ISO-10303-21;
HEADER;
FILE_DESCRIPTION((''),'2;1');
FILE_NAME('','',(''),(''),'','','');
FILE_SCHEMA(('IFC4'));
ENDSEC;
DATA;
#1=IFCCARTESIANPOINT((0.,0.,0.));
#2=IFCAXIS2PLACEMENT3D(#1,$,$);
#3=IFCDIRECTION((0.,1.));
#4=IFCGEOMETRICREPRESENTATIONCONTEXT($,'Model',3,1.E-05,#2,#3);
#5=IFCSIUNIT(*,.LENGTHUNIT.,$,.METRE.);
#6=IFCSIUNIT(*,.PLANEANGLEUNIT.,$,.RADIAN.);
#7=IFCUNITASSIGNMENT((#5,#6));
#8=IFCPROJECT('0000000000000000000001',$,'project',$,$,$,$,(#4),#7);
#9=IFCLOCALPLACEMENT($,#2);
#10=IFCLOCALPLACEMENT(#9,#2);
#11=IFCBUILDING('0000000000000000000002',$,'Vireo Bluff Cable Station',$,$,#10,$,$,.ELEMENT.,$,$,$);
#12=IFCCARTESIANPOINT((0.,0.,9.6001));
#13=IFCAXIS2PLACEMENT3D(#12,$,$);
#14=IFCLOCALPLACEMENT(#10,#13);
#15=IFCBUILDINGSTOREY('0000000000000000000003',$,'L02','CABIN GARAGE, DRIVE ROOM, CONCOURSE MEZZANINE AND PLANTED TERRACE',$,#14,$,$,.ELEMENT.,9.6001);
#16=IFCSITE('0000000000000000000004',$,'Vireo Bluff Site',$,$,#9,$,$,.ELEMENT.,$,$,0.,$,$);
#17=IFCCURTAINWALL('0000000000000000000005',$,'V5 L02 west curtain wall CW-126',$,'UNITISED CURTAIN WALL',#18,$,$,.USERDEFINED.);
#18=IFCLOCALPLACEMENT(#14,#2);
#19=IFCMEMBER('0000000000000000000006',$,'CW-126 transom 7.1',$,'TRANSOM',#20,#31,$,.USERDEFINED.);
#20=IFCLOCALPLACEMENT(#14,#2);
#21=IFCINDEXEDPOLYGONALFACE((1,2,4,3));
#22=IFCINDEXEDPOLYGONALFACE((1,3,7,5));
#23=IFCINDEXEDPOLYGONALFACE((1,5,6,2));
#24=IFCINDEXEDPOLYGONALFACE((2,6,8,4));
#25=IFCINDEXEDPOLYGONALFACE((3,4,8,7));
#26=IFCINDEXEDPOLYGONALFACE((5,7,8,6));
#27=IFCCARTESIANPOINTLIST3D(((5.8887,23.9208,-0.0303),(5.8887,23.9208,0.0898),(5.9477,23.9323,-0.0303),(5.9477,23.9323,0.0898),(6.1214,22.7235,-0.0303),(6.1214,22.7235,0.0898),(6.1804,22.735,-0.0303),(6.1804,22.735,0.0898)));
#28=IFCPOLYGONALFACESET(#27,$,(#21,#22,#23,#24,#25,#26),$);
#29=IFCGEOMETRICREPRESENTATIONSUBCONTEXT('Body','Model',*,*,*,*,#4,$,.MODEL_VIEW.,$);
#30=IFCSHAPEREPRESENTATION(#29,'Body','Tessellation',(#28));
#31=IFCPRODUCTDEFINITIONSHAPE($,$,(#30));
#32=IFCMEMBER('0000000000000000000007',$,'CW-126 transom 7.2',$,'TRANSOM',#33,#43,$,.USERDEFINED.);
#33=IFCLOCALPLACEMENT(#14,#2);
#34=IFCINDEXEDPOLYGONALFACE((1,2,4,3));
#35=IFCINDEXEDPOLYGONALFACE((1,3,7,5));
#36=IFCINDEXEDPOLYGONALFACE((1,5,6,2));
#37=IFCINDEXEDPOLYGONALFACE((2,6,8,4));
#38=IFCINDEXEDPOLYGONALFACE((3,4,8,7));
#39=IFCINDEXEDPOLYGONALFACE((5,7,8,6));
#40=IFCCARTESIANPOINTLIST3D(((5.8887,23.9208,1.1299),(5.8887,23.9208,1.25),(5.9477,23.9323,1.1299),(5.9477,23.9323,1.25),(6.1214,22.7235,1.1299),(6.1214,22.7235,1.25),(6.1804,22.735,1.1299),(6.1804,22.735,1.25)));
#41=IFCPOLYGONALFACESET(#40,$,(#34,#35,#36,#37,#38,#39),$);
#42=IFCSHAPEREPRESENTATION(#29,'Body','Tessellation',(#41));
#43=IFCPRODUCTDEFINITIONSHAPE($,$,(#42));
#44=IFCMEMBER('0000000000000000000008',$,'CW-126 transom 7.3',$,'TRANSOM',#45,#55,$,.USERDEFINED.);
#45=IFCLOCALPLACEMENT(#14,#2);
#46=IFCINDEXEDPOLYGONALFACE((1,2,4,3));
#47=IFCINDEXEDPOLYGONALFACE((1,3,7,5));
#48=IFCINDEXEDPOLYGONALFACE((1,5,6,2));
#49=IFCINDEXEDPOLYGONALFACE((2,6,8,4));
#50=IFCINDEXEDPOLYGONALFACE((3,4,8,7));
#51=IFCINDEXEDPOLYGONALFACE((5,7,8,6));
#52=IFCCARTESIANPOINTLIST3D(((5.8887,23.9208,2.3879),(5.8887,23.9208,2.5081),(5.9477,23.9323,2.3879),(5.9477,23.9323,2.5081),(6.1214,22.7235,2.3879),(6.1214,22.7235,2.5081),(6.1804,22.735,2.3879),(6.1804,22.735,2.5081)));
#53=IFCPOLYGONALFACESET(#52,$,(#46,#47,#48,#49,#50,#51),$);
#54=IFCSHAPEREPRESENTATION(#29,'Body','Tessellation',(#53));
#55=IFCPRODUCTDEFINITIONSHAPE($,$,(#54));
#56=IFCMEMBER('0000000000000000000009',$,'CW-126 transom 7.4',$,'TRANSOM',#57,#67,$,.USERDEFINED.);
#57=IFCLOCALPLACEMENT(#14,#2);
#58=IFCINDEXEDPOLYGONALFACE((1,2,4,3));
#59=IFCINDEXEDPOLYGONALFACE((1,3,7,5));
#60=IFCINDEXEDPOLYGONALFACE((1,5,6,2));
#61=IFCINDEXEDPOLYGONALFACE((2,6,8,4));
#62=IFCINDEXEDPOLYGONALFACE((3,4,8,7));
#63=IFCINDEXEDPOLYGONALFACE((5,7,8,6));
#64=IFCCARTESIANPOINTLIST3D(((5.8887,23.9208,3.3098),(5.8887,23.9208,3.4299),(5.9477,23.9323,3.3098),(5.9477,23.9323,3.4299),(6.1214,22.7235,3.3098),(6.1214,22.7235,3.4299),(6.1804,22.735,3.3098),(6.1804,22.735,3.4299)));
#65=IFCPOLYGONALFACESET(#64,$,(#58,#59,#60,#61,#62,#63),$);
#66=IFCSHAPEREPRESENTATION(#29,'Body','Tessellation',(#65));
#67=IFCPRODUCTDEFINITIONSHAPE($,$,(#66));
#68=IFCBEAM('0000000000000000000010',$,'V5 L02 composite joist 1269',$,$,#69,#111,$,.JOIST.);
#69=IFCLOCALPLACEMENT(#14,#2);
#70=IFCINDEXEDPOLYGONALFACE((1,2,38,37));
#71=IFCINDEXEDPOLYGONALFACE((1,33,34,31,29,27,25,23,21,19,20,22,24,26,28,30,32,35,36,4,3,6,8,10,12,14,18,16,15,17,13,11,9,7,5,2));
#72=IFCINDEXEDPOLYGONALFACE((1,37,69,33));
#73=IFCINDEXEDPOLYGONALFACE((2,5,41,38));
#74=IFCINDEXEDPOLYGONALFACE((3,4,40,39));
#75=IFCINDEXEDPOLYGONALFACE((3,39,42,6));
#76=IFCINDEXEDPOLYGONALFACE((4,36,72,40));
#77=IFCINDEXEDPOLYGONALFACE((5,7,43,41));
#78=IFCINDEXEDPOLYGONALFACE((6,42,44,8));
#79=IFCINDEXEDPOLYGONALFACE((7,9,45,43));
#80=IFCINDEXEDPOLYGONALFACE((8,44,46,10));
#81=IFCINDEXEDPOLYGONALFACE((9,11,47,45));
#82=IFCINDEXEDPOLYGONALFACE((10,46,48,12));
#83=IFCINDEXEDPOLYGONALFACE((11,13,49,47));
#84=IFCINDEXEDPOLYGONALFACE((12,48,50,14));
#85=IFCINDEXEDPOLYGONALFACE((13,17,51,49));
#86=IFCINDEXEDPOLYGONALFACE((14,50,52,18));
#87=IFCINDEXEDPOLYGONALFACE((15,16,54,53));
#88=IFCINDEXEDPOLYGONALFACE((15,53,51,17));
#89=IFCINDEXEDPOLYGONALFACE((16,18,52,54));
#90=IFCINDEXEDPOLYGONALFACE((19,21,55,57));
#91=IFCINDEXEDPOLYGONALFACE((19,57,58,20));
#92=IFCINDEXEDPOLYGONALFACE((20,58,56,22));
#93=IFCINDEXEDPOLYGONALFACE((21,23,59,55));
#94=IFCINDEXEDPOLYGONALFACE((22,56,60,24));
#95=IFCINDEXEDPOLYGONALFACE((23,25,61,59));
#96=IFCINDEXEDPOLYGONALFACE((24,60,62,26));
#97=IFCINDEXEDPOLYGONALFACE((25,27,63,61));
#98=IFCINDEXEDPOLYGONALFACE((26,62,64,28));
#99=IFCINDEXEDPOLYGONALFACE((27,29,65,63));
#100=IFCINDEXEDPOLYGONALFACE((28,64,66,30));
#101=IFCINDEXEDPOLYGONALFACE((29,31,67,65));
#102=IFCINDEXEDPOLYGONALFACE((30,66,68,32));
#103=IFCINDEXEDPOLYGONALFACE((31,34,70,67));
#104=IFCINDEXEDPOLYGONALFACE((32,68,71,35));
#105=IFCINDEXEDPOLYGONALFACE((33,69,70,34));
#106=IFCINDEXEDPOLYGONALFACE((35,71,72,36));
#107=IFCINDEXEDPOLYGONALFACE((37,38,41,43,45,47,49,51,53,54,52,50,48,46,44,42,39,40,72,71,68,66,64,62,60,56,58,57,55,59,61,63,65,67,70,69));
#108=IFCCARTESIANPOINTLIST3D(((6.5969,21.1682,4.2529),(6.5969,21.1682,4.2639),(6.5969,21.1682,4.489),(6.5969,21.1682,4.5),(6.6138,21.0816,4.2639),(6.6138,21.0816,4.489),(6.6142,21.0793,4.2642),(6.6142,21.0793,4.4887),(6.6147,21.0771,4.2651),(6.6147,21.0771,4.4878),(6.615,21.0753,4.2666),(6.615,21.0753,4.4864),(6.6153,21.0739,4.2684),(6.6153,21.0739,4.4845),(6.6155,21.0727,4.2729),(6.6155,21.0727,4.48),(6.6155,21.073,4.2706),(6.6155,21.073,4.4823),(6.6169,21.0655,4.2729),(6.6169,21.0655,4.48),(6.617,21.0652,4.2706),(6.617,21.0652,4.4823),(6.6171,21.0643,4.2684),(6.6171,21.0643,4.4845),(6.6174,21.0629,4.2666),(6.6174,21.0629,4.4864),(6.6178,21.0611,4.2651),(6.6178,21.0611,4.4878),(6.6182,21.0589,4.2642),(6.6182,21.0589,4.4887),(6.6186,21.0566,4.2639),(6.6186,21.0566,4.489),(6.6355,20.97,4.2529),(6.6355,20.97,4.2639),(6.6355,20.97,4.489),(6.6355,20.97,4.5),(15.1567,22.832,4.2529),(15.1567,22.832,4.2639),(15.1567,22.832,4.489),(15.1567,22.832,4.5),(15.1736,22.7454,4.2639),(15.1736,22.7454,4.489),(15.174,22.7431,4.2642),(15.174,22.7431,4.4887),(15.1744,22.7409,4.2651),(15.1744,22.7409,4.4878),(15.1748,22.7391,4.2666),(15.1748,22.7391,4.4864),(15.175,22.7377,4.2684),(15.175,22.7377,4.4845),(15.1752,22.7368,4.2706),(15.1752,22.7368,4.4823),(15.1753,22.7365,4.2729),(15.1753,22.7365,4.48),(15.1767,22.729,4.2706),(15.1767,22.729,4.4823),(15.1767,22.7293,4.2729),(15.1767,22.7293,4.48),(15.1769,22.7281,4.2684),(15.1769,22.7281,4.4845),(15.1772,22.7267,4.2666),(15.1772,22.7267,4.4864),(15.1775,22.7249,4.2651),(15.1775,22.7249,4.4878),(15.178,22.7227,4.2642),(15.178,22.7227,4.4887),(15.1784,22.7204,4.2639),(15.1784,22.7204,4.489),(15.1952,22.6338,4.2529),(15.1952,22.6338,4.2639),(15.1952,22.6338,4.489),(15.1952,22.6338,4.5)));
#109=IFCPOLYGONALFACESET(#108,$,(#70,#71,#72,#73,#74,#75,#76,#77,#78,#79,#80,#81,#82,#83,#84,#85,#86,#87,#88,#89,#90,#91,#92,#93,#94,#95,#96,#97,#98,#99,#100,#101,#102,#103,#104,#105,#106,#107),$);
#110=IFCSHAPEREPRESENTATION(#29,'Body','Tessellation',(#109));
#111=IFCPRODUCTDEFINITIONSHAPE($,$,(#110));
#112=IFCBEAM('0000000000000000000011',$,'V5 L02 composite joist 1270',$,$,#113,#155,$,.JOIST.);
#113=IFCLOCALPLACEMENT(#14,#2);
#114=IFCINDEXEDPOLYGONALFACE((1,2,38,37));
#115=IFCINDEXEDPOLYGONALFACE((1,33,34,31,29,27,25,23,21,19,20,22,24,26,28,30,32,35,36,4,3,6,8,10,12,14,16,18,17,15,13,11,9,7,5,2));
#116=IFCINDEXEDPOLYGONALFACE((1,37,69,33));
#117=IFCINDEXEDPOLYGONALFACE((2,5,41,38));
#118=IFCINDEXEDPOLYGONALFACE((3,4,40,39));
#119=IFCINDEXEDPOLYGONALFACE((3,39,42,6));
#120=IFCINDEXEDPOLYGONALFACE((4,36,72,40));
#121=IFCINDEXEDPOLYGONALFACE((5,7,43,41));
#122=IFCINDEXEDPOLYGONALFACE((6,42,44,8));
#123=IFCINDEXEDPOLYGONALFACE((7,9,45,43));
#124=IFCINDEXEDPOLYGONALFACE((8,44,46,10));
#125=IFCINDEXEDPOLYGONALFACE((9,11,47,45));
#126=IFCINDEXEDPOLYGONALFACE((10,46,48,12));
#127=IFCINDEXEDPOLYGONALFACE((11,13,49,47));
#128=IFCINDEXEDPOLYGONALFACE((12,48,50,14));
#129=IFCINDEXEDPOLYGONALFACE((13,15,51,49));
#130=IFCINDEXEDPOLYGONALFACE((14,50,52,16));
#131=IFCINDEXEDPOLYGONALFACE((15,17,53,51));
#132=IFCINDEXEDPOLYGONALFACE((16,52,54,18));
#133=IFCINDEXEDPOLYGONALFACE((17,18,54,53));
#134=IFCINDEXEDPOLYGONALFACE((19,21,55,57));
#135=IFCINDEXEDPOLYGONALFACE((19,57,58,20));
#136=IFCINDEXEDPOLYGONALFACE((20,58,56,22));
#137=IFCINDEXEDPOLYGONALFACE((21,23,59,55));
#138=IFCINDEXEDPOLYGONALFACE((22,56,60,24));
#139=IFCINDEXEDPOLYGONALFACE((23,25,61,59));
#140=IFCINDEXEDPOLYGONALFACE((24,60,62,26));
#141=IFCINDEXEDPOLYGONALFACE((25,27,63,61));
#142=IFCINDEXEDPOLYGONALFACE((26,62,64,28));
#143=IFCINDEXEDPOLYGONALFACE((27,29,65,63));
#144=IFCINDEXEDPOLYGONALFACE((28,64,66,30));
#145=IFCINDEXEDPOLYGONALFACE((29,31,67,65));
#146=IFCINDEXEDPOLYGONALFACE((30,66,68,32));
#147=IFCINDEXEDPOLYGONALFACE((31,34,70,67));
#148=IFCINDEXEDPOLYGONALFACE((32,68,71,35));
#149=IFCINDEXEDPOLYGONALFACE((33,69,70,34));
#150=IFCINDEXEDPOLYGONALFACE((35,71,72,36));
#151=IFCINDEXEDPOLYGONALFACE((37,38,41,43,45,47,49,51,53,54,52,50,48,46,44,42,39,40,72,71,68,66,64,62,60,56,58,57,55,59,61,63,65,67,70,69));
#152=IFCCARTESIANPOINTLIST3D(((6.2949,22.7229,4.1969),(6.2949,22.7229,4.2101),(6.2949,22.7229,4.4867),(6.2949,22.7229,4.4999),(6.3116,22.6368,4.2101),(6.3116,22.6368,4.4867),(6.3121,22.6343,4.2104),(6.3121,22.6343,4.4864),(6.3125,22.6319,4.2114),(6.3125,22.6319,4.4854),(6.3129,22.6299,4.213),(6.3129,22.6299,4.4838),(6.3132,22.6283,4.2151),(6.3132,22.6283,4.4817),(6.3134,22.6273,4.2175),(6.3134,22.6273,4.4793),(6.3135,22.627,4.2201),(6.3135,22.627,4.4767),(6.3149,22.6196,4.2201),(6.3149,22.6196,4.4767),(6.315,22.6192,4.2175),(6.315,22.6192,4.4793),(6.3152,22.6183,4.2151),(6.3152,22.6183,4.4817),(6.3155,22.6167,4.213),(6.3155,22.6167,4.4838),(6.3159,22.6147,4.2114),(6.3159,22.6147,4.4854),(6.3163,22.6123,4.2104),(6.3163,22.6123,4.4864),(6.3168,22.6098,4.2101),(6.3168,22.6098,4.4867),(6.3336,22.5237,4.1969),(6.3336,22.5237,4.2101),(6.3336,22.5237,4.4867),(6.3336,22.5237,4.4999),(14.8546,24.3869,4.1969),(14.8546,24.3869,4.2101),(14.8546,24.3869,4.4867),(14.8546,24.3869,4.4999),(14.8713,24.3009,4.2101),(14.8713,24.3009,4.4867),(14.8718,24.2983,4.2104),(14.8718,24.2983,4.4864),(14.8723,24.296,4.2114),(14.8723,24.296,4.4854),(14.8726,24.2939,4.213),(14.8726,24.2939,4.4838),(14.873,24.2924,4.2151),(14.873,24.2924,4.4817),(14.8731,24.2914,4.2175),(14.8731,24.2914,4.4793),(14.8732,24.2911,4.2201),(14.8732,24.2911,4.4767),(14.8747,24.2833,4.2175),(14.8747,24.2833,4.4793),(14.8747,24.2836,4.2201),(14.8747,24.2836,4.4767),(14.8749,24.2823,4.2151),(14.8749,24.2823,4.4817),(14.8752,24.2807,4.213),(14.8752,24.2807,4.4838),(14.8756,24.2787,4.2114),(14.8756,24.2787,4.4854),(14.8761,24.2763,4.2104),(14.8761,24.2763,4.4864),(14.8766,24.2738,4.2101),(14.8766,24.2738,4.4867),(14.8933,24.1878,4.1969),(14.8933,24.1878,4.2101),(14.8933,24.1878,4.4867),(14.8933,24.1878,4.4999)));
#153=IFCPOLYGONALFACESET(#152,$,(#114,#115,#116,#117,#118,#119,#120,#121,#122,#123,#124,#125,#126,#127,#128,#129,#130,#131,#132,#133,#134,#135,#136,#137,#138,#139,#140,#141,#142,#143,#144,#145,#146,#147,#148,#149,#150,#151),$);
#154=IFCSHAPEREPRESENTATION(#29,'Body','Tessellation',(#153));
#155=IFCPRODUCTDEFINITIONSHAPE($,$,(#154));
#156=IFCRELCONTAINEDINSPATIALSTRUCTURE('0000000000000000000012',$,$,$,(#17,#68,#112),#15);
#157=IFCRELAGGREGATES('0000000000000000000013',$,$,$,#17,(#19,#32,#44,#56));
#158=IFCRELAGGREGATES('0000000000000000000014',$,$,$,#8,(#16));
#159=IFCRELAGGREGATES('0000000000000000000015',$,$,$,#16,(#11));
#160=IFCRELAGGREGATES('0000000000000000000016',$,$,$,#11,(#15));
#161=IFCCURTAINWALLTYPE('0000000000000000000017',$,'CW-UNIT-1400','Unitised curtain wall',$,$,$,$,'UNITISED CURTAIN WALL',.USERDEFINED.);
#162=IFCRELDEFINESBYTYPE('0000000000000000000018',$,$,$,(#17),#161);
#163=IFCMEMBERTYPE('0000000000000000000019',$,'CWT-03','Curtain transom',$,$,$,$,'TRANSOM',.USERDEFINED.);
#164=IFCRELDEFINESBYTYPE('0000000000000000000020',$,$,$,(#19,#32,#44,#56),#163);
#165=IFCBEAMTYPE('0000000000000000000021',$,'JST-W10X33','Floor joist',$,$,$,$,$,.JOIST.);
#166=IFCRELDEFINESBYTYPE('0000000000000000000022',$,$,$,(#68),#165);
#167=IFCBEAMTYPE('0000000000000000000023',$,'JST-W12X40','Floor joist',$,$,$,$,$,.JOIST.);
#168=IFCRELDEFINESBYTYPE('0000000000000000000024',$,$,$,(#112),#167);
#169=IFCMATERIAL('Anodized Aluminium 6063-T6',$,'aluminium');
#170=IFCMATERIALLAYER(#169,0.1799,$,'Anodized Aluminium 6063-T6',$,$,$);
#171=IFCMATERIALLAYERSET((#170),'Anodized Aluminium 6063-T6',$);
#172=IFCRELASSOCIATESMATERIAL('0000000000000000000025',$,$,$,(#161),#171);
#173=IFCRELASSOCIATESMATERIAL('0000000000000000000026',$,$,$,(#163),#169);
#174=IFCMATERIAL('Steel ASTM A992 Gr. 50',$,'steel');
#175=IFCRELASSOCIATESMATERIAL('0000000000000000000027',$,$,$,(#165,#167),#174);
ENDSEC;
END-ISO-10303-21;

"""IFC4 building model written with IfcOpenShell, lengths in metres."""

from ifc_helpers import new_model, si_unit, direction, frame, origin, origin_2d, place, context, subcontext, project, spatial, rectangle, i_section, extrude, material, layer, layer_set, material_profile, profile_set, type_object, element, aggregate, save


model = new_model("IFC4")

# Units and contexts
model_context = context("Model", 3, precision=1e-05, world=origin(), true_north=direction((0.0, 1.0)))
body_context = subcontext(model_context, "Body", "Model", "MODEL_VIEW")
ifc_project = project(units=[si_unit("LENGTHUNIT", "METRE"), si_unit("PLANEANGLEUNIT", "RADIAN")], contexts=[model_context])

# Site, building, storey
site_placement = place(None, origin())
site = spatial("IfcSite", under=ifc_project, at=site_placement, Name="Vireo Bluff Site", CompositionType="ELEMENT", RefElevation=0.0)
building_placement = place(site_placement, origin())
building = spatial("IfcBuilding", under=site, at=building_placement, Name="Vireo Bluff Cable Station", CompositionType="ELEMENT")
storey_placement = place(building_placement, frame((0.0, 0.0, 9.6001)))
storey = spatial("IfcBuildingStorey", under=building, at=storey_placement, Name="L02", Description="CABIN GARAGE, DRIVE ROOM, CONCOURSE MEZZANINE AND PLANTED TERRACE", CompositionType="ELEMENT", Elevation=9.6001)

# Shared definitions
ifc_material_1 = material(Name="Steel ASTM A992 Gr. 50", Category="steel")

# Curtain wall, members
ifc_material_2 = material(Name="Anodized Aluminium 6063-T6", Category="aluminium")
ifc_layer_1 = layer(ifc_material_2, 0.1799, Name="Anodized Aluminium 6063-T6")
ifc_layer_set_1 = layer_set([ifc_layer_1], Name="Anodized Aluminium 6063-T6")
curtain_wall_type = type_object("IfcCurtainWallType", Name="CW-UNIT-1400", Description="Unitised curtain wall", ElementType="UNITISED CURTAIN WALL", PredefinedType="USERDEFINED", material=ifc_layer_set_1)
curtain_wall_placement = place(storey_placement, origin())
curtain_wall = element("IfcCurtainWall", 1, at=curtain_wall_placement, inside=storey, type_object=curtain_wall_type, Name="V5 L02 west curtain wall CW-126", ObjectType="UNITISED CURTAIN WALL", PredefinedType="USERDEFINED")
ifc_material_profile_1 = material_profile(ifc_material_2, rectangle(XDim=0.0601, YDim=0.1201, at=origin_2d()), Name="ALU-T-60X120")
ifc_profile_set_1 = profile_set([ifc_material_profile_1], Name="Anodized Aluminium 6063-T6")
member_type_1 = type_object("IfcMemberType", Name="CWT-03", Description="Curtain transom", ElementType="TRANSOM", PredefinedType="USERDEFINED", material=ifc_profile_set_1)
member_1_placement = place(storey_placement, frame((6.1509, 22.7292, 0.0298), z_axis=(-0.190763, 0.981636, 0.0), x_axis=(-0.981636, -0.190763, 0.0)))
member_1 = element("IfcMember", 2, at=member_1_placement, type_object=member_type_1, Name="CW-126 transom 7.1", ObjectType="TRANSOM", PredefinedType="USERDEFINED", context=body_context, shape_type="SweptSolid", body=[
    extrude(rectangle(XDim=0.0601, YDim=0.1201, at=origin_2d()), origin(), (0.0, 0.0, 1.0), 1.2197),
])
member_2_placement = place(storey_placement, frame((6.1509, 22.7292, 1.1899), z_axis=(-0.190763, 0.981636, 0.0), x_axis=(-0.981636, -0.190763, 0.0)))
member_2 = element("IfcMember", 3, at=member_2_placement, type_object=member_type_1, Name="CW-126 transom 7.2", ObjectType="TRANSOM", PredefinedType="USERDEFINED", context=body_context, shape_type="SweptSolid", body=[
    extrude(rectangle(XDim=0.0601, YDim=0.1201, at=origin_2d()), origin(), (0.0, 0.0, 1.0), 1.2197),
])
member_3_placement = place(storey_placement, frame((6.1509, 22.7292, 2.448), z_axis=(-0.190763, 0.981636, 0.0), x_axis=(-0.981636, -0.190763, 0.0)))
member_3 = element("IfcMember", 4, at=member_3_placement, type_object=member_type_1, Name="CW-126 transom 7.3", ObjectType="TRANSOM", PredefinedType="USERDEFINED", context=body_context, shape_type="SweptSolid", body=[
    extrude(rectangle(XDim=0.0601, YDim=0.1201, at=origin_2d()), origin(), (0.0, 0.0, 1.0), 1.2197),
])
member_4_placement = place(storey_placement, frame((6.1509, 22.7292, 3.3699), z_axis=(-0.190763, 0.981636, 0.0), x_axis=(-0.981636, -0.190763, 0.0)))
member_4 = element("IfcMember", 5, at=member_4_placement, type_object=member_type_1, Name="CW-126 transom 7.4", ObjectType="TRANSOM", PredefinedType="USERDEFINED", context=body_context, shape_type="SweptSolid", body=[
    extrude(rectangle(XDim=0.0601, YDim=0.1201, at=origin_2d()), origin(), (0.0, 0.0, 1.0), 1.2197),
])

# Beams
ifc_material_profile_2 = material_profile(ifc_material_1, i_section(OverallWidth=0.2019, OverallDepth=0.2471, WebThickness=0.0073, FlangeThickness=0.011, FilletRadius=0.009, at=origin_2d()), Name="W10X33")
ifc_profile_set_2 = profile_set([ifc_material_profile_2], Name="Steel ASTM A992 Gr. 50")
beam_type_1 = type_object("IfcBeamType", Name="JST-W10X33", Description="Floor joist", PredefinedType="JOIST", material=ifc_profile_set_2)
beam_1_placement = place(storey_placement, frame((6.6162, 21.0691, 4.3765), z_axis=(0.981628, 0.190804, 0.0), x_axis=(-0.190804, 0.981628, 0.0)))
element("IfcBeam", 6, at=beam_1_placement, inside=storey, type_object=beam_type_1, Name="V5 L02 composite joist 1269", PredefinedType="JOIST", context=body_context, shape_type="SweptSolid", body=[
    extrude(i_section(OverallWidth=0.2019, OverallDepth=0.2471, WebThickness=0.0073, FlangeThickness=0.011, FilletRadius=0.009, at=origin_2d()), origin(), (0.0, 0.0, 1.0), 8.72),
])
ifc_material_profile_3 = material_profile(ifc_material_1, i_section(OverallWidth=0.2029, OverallDepth=0.303, WebThickness=0.0076, FlangeThickness=0.0132, FilletRadius=0.01, at=origin_2d()), Name="W12X40")
ifc_profile_set_3 = profile_set([ifc_material_profile_3], Name="Steel ASTM A992 Gr. 50")
beam_type_2 = type_object("IfcBeamType", Name="JST-W12X40", Description="Floor joist", PredefinedType="JOIST", material=ifc_profile_set_3)
beam_2_placement = place(storey_placement, frame((6.3142, 22.6233, 4.3484), z_axis=(0.981623, 0.190831, 0.0), x_axis=(-0.190831, 0.981623, 0.0)))
element("IfcBeam", 7, at=beam_2_placement, inside=storey, type_object=beam_type_2, Name="V5 L02 composite joist 1270", PredefinedType="JOIST", context=body_context, shape_type="SweptSolid", body=[
    extrude(i_section(OverallWidth=0.2029, OverallDepth=0.303, WebThickness=0.0076, FlangeThickness=0.0132, FilletRadius=0.01, at=origin_2d()), origin(), (0.0, 0.0, 1.0), 8.72),
])

aggregate(curtain_wall, [member_1, member_2, member_3, member_4])

save(model, "model.ifc")
